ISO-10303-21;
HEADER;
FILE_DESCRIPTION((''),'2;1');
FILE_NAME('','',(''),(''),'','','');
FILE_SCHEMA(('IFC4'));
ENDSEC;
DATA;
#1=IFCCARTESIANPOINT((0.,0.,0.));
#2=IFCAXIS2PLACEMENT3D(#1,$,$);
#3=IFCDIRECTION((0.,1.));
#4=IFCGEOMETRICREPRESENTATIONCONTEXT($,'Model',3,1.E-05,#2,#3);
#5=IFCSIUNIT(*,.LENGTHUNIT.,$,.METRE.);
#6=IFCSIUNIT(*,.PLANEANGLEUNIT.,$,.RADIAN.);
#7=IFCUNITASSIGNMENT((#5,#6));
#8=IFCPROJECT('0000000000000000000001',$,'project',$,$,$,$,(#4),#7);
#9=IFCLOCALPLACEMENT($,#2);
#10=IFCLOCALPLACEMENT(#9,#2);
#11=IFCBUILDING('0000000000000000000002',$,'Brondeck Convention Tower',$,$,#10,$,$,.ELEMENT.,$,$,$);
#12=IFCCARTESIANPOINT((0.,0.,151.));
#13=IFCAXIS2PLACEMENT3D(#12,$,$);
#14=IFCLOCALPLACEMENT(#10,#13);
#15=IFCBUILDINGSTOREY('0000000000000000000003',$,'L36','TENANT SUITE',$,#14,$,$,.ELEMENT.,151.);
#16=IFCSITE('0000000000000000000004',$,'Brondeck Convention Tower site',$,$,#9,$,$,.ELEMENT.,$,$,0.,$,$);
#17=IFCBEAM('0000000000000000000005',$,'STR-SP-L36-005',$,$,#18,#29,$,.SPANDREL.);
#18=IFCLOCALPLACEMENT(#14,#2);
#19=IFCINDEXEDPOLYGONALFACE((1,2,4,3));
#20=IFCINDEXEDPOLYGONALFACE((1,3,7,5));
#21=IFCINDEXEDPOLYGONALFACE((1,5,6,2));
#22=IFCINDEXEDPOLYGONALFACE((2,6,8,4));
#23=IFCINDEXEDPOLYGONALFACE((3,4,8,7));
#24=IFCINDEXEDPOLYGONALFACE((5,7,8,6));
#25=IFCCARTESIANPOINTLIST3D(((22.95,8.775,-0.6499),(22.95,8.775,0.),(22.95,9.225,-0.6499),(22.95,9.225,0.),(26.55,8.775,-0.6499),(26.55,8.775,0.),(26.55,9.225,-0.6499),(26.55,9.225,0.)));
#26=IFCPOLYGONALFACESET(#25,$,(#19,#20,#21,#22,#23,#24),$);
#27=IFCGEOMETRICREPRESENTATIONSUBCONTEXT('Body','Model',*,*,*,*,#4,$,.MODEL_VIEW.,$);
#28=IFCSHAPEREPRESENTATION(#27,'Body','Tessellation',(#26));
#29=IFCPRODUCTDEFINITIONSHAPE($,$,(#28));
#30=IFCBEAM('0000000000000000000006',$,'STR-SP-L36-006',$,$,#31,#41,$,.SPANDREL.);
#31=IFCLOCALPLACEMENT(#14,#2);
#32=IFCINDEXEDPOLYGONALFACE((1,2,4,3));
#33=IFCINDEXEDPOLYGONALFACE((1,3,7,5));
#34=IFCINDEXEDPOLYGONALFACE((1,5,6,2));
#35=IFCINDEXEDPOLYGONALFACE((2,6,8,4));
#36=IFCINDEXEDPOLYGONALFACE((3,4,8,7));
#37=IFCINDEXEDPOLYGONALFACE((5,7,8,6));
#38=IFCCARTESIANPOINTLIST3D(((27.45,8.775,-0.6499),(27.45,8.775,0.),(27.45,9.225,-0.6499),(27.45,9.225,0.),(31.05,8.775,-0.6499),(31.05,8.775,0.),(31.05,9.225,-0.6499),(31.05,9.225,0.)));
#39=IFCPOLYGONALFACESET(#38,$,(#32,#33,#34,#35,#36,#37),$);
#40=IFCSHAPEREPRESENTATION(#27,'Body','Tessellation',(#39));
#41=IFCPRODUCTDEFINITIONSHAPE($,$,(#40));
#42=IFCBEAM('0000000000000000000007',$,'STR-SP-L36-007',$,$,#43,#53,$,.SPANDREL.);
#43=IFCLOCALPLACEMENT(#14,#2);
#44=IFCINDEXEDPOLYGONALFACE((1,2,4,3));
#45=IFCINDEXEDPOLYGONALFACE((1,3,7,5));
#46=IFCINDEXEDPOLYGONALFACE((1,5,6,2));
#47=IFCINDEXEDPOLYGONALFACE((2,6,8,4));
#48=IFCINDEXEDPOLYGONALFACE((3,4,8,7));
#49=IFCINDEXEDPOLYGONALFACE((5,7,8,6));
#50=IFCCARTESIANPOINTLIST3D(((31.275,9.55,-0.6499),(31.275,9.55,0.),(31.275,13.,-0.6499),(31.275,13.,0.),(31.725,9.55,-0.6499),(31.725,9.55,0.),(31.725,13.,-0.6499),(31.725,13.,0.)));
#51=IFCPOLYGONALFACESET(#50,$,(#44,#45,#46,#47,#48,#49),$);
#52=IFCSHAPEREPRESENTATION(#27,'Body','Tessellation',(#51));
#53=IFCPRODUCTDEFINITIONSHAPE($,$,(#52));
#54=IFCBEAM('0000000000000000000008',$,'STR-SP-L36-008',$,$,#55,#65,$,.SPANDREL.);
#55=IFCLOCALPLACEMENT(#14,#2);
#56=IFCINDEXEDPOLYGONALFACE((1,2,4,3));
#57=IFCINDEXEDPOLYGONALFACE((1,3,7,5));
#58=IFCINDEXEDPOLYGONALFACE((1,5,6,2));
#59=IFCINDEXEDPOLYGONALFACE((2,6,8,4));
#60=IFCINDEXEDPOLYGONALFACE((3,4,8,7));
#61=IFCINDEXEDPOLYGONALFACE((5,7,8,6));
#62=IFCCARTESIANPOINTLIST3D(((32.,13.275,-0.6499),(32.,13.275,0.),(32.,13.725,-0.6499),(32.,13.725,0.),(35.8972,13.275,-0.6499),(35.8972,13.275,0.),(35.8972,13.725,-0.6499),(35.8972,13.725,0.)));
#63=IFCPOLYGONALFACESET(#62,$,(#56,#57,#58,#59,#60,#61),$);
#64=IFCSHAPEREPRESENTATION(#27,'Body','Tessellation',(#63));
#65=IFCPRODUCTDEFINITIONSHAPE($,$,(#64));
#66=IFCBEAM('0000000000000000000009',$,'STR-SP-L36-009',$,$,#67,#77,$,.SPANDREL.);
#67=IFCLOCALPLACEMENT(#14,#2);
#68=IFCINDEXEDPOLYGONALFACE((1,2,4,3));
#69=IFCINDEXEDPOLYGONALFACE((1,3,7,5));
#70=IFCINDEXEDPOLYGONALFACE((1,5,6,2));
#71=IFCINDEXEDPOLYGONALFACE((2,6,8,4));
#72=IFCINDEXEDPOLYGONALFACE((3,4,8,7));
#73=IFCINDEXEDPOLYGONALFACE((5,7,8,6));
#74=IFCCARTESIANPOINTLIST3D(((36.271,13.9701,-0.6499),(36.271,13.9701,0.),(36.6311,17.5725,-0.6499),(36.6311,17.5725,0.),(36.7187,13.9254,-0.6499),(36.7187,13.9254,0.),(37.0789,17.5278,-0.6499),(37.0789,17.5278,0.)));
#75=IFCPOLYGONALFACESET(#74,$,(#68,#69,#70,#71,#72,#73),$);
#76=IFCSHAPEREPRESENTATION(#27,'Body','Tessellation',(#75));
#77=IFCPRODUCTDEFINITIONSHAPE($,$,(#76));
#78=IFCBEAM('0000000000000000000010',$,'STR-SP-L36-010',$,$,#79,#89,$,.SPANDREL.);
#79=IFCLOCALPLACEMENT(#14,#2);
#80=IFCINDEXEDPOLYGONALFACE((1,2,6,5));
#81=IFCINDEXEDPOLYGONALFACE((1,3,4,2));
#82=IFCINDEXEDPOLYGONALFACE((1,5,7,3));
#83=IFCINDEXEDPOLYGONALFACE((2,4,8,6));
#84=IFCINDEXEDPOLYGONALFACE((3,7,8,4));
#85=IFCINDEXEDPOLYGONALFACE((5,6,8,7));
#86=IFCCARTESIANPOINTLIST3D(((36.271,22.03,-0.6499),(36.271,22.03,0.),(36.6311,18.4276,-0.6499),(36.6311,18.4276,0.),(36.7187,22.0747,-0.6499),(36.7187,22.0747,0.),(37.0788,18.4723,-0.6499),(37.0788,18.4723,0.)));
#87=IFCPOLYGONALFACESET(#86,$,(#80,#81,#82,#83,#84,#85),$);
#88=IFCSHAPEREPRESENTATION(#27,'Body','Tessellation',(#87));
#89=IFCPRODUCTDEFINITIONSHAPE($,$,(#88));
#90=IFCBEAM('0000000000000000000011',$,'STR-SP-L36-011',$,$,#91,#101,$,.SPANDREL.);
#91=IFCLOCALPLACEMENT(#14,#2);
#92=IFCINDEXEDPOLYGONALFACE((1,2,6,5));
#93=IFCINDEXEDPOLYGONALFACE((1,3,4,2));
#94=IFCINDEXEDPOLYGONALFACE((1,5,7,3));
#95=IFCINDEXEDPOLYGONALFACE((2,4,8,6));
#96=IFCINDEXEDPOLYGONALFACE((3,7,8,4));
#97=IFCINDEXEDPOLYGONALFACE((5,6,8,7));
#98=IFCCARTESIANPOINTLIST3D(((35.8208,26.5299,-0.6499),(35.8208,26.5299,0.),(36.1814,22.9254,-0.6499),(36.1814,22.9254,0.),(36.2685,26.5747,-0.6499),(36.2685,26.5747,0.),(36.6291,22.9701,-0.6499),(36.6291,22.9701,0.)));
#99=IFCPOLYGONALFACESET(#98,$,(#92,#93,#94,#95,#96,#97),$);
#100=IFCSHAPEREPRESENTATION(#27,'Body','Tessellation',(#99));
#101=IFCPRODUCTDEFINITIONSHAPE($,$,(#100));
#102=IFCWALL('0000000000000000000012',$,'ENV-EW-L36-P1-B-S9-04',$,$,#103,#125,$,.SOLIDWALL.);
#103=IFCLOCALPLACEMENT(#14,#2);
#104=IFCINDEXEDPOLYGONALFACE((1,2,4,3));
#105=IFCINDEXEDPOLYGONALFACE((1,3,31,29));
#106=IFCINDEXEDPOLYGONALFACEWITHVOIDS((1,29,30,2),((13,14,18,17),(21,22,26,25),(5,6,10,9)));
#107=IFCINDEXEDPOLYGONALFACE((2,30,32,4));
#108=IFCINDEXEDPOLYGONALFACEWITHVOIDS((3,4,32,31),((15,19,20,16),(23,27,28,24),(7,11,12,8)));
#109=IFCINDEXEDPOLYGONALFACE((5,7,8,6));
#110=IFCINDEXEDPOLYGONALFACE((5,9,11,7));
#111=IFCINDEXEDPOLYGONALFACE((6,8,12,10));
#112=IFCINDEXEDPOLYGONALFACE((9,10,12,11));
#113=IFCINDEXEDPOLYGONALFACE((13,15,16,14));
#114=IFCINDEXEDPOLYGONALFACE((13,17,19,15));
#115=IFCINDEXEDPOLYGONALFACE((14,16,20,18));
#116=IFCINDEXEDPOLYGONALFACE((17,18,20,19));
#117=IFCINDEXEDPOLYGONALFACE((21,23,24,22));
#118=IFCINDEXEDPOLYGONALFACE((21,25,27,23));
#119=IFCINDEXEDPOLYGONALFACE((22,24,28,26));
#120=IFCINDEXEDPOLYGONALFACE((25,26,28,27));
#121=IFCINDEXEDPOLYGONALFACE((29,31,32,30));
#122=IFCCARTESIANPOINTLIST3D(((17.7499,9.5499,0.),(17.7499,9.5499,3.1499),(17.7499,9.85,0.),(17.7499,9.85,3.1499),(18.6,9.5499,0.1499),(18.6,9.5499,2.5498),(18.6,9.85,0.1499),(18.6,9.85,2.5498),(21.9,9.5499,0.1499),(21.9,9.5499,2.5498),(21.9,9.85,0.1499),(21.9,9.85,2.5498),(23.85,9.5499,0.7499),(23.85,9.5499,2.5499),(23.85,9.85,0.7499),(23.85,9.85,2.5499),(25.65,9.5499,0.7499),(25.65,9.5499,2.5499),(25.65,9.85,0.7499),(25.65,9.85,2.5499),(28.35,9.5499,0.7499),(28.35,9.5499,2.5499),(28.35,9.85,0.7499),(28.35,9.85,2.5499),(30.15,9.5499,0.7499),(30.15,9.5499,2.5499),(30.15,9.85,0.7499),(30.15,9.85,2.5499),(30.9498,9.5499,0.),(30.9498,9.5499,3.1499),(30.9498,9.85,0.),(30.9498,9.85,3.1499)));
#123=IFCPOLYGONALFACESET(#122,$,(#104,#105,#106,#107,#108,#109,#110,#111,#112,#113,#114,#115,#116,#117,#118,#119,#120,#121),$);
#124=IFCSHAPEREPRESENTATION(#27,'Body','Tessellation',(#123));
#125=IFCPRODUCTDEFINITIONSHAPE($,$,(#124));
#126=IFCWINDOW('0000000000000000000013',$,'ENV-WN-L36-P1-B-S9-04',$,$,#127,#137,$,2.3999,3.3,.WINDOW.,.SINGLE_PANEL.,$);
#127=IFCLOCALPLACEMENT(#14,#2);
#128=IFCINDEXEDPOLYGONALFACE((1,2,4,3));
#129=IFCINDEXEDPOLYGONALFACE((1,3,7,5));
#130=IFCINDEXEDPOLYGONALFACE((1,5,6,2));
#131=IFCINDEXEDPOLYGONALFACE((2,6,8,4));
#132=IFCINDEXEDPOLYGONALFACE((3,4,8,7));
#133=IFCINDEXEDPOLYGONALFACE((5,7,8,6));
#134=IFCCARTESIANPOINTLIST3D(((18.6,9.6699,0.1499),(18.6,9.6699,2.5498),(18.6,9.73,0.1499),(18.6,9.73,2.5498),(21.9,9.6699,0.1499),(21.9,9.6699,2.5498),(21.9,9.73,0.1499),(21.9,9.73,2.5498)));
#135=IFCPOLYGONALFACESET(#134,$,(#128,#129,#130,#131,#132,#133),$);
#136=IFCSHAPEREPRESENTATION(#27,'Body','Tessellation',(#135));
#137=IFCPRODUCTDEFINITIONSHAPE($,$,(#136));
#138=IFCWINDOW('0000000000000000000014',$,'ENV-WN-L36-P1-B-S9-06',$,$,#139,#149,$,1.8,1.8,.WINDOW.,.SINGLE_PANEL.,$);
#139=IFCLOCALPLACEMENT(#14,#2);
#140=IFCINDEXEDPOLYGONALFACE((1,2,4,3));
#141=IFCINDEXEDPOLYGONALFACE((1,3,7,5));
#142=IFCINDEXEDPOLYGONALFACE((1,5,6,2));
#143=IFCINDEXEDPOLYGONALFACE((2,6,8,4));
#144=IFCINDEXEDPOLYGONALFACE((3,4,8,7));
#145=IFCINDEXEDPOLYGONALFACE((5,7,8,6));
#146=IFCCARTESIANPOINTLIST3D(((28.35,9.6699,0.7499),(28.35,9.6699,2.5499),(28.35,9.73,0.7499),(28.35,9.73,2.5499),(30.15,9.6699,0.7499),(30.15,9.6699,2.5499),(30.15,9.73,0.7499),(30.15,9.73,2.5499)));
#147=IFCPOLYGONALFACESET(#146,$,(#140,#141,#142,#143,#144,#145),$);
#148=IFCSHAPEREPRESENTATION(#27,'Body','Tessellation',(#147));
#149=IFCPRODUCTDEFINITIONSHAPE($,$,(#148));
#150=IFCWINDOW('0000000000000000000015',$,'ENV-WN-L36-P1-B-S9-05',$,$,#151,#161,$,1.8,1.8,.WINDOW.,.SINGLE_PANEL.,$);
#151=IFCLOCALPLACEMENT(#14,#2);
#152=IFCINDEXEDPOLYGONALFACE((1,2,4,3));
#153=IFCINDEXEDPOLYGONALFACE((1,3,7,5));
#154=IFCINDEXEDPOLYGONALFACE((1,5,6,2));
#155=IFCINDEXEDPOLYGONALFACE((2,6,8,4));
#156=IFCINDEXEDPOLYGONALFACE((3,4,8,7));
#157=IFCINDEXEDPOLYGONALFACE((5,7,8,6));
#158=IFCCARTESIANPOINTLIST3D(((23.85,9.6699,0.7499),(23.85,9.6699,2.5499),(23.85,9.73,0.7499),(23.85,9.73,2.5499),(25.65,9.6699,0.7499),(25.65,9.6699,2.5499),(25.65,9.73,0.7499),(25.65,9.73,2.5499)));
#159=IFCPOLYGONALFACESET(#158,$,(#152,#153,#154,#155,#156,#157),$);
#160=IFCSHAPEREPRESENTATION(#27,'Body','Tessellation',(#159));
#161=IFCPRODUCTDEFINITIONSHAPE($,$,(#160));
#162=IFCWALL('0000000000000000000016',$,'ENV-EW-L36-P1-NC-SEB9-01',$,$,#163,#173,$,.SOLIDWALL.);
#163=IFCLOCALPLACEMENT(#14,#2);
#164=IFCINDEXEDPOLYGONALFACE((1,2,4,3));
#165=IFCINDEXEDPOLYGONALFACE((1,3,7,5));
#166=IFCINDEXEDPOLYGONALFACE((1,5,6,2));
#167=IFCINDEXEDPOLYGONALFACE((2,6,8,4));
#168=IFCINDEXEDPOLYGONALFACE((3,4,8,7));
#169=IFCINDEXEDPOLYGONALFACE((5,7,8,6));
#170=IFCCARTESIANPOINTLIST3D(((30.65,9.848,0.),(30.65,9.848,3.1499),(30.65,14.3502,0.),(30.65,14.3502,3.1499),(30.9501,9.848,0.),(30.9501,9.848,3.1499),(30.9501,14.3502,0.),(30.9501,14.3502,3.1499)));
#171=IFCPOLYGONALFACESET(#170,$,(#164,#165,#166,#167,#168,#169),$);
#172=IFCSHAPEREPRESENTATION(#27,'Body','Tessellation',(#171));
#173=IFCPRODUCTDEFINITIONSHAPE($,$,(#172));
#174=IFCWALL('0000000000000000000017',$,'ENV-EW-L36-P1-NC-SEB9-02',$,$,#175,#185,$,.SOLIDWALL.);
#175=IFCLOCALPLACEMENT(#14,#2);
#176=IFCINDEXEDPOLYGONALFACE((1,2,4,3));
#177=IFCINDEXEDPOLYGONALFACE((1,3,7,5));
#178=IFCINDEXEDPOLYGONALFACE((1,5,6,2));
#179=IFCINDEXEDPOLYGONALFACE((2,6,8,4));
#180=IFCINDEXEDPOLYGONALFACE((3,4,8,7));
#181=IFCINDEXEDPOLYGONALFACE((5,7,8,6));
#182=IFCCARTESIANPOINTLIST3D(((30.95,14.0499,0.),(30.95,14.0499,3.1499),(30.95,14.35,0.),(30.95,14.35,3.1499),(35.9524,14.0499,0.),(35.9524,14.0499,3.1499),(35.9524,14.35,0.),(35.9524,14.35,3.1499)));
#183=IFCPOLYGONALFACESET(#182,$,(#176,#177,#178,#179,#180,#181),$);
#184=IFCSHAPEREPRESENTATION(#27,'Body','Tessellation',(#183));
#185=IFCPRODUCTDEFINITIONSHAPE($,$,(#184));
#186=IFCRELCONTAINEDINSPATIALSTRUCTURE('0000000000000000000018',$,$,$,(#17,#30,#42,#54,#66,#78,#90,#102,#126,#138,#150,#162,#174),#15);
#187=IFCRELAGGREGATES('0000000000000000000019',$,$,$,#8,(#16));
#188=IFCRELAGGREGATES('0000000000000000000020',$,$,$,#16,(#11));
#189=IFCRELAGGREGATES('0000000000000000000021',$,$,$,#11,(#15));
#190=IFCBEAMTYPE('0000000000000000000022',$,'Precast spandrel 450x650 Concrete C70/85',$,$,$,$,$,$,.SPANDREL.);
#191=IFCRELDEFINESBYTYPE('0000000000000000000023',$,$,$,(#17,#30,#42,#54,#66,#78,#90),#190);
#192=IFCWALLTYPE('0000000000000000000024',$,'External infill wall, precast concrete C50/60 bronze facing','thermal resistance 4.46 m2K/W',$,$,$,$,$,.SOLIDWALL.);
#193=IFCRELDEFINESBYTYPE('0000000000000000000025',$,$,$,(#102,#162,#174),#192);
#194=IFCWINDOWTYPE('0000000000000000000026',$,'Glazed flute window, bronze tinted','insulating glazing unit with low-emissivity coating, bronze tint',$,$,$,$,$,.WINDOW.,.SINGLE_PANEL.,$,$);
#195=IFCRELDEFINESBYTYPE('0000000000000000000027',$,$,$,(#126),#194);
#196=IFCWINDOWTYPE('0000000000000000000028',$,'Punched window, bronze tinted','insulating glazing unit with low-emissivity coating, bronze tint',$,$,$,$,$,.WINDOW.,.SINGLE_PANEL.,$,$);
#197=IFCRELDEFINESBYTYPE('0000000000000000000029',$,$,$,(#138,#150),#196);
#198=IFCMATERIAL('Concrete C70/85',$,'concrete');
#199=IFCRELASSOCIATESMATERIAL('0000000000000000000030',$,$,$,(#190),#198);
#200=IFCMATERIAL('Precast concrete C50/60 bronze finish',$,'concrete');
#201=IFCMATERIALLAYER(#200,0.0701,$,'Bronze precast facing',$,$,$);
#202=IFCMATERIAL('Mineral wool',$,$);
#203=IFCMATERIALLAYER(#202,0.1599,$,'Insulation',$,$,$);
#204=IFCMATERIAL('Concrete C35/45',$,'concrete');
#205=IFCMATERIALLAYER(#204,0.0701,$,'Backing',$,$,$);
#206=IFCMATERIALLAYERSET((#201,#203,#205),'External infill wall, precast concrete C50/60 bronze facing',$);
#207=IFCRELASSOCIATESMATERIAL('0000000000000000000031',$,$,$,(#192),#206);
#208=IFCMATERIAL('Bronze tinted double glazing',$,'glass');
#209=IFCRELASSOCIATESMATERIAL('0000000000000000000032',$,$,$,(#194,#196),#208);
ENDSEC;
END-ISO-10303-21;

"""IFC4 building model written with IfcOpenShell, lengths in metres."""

from ifc_helpers import new_model, si_unit, direction, frame, frame_2d, origin, origin_2d, place, context, subcontext, project, spatial, rectangle, extrude, material, layer, layer_set, material_profile, profile_set, type_object, element, fill, save


model = new_model("IFC4")

# Units and contexts
model_context = context("Model", 3, precision=1e-05, world=origin(), true_north=direction((0.0, 1.0)))
body_context = subcontext(model_context, "Body", "Model", "MODEL_VIEW")
ifc_project = project(units=[si_unit("LENGTHUNIT", "METRE"), si_unit("PLANEANGLEUNIT", "RADIAN")], contexts=[model_context])

# Site, building, storey
site_placement = place(None, origin())
site = spatial("IfcSite", under=ifc_project, at=site_placement, Name="Brondeck Convention Tower site", CompositionType="ELEMENT", RefElevation=0.0)
building_placement = place(site_placement, origin())
building = spatial("IfcBuilding", under=site, at=building_placement, Name="Brondeck Convention Tower", CompositionType="ELEMENT")
storey_placement = place(building_placement, frame((0.0, 0.0, 151.0)))
storey = spatial("IfcBuildingStorey", under=building, at=storey_placement, Name="L36", Description="TENANT SUITE", CompositionType="ELEMENT", Elevation=151.0)

# Shared definitions
ifc_material_1 = material(Name="Concrete C70/85", Category="concrete")

# Beams
ifc_material_profile_1 = material_profile(ifc_material_1, rectangle(XDim=0.45, YDim=0.6499, at=origin_2d()), Name="Precast spandrel 450x650 Concrete C70/85")
ifc_profile_set_1 = profile_set([ifc_material_profile_1], Name="Concrete C70/85")
beam_type_1 = type_object("IfcBeamType", Name="Precast spandrel 450x650 Concrete C70/85", PredefinedType="SPANDREL", material=ifc_profile_set_1)
for number, where, z_axis, x_axis, name in (
    (1, (22.95, 9.0, -0.325), (1.0, 0.0, 0.0), (0.0, 1.0, 0.0), "STR-SP-L36-005"),
    (2, (27.45, 9.0, -0.325), (1.0, 0.0, 0.0), (0.0, 1.0, 0.0), "STR-SP-L36-006"),
):
    element("IfcBeam", number, at=place(storey_placement, frame(where, z_axis=z_axis, x_axis=x_axis)), inside=storey, type_object=beam_type_1, Name=name, PredefinedType="SPANDREL", context=body_context, shape_type="SweptSolid", body=[
        extrude(rectangle(XDim=0.45, YDim=0.6499, at=origin_2d()), origin(), (0.0, 0.0, 1.0), 3.6001),
    ])
beam_1_placement = place(storey_placement, frame((31.5, 9.55, -0.325), z_axis=(0.0, 1.0, 0.0), x_axis=(-1.0, 0.0, 0.0)))
element("IfcBeam", 3, at=beam_1_placement, inside=storey, type_object=beam_type_1, Name="STR-SP-L36-007", PredefinedType="SPANDREL", context=body_context, shape_type="SweptSolid", body=[
    extrude(rectangle(XDim=0.45, YDim=0.6499, at=origin_2d()), origin(), (0.0, 0.0, 1.0), 3.45),
])
beam_2_placement = place(storey_placement, frame((32.0, 13.5, -0.325), z_axis=(1.0, 0.0, 0.0), x_axis=(0.0, 1.0, 0.0)))
element("IfcBeam", 4, at=beam_2_placement, inside=storey, type_object=beam_type_1, Name="STR-SP-L36-008", PredefinedType="SPANDREL", context=body_context, shape_type="SweptSolid", body=[
    extrude(rectangle(XDim=0.45, YDim=0.6499, at=origin_2d()), origin(), (0.0, 0.0, 1.0), 3.8972),
])
for number, where, z_axis, x_axis, name in (
    (5, (36.4949, 13.9478, -0.325), (0.09947, 0.995041, 0.0), (-0.995041, 0.09947, 0.0), "STR-SP-L36-009"),
    (6, (36.855, 18.45, -0.325), (-0.09947, 0.995041, 0.0), (-0.995041, -0.09947, 0.0), "STR-SP-L36-010"),
):
    element("IfcBeam", number, at=place(storey_placement, frame(where, z_axis=z_axis, x_axis=x_axis)), inside=storey, type_object=beam_type_1, Name=name, PredefinedType="SPANDREL", context=body_context, shape_type="SweptSolid", body=[
        extrude(rectangle(XDim=0.45, YDim=0.6499, at=origin_2d()), origin(), (0.0, 0.0, 1.0), 3.6204),
    ])
beam_3_placement = place(storey_placement, frame((36.4053, 22.9478, -0.325), z_axis=(-0.099544, 0.995033, 0.0), x_axis=(-0.995033, -0.099544, 0.0)))
element("IfcBeam", 7, at=beam_3_placement, inside=storey, type_object=beam_type_1, Name="STR-SP-L36-011", PredefinedType="SPANDREL", context=body_context, shape_type="SweptSolid", body=[
    extrude(rectangle(XDim=0.45, YDim=0.6499, at=origin_2d()), origin(), (0.0, 0.0, 1.0), 3.6226),
])

# Wall, openings, windows
ifc_material_2 = material(Name="Precast concrete C50/60 bronze finish", Category="concrete")
ifc_layer_1 = layer(ifc_material_2, 0.0701, Name="Bronze precast facing")
ifc_material_3 = material(Name="Mineral wool")
ifc_layer_2 = layer(ifc_material_3, 0.1599, Name="Insulation")
ifc_material_4 = material(Name="Concrete C35/45", Category="concrete")
ifc_layer_3 = layer(ifc_material_4, 0.0701, Name="Backing")
ifc_layer_set_1 = layer_set([ifc_layer_1, ifc_layer_2, ifc_layer_3], Name="External infill wall, precast concrete C50/60 bronze facing")
wall_type_1 = type_object("IfcWallType", Name="External infill wall, precast concrete C50/60 bronze facing", Description="thermal resistance 4.46 m2K/W", PredefinedType="SOLIDWALL", material=ifc_layer_set_1)
wall_1_placement = place(storey_placement, frame((30.95, 9.7, 0.0), z_axis=(0.0, 0.0, 1.0), x_axis=(-1.0, 0.0, 0.0)))
wall_1 = element("IfcWall", 8, at=wall_1_placement, inside=storey, type_object=wall_type_1, Name="ENV-EW-L36-P1-B-S9-04", PredefinedType="SOLIDWALL", context=body_context, shape_type="SweptSolid", body=[
    extrude(rectangle(XDim=13.2, YDim=0.3, at=frame_2d((6.6001, 0.0))), origin(), (0.0, 0.0, 1.0), 3.1499),
])
opening_1_placement = place(wall_1_placement, frame((0.8, 0.0, 0.75)))
opening_1 = element("IfcOpeningElement", 9, at=opening_1_placement, cuts=wall_1, PredefinedType="OPENING", context=body_context, shape_type="SweptSolid", body=[
    extrude(rectangle(XDim=1.8, YDim=1.8, at=frame_2d((0.8999, 0.8999))), frame((0.0, 0.1599, 0.0), z_axis=(0.0, -1.0, 0.0), x_axis=(1.0, 0.0, 0.0)), (0.0, 0.0, 1.0), 0.3201),
])
opening_2_placement = place(wall_1_placement, frame((5.3, 0.0, 0.75)))
opening_2 = element("IfcOpeningElement", 10, at=opening_2_placement, cuts=wall_1, PredefinedType="OPENING", context=body_context, shape_type="SweptSolid", body=[
    extrude(rectangle(XDim=1.8, YDim=1.8, at=frame_2d((0.8999, 0.8999))), frame((0.0, 0.1599, 0.0), z_axis=(0.0, -1.0, 0.0), x_axis=(1.0, 0.0, 0.0)), (0.0, 0.0, 1.0), 0.3201),
])
opening_3_placement = place(wall_1_placement, frame((9.05, 0.0, 0.1499)))
opening_3 = element("IfcOpeningElement", 11, at=opening_3_placement, cuts=wall_1, PredefinedType="OPENING", context=body_context, shape_type="SweptSolid", body=[
    extrude(rectangle(XDim=3.3, YDim=2.3999, at=frame_2d((1.6499, 1.2))), frame((0.0, 0.1599, 0.0), z_axis=(0.0, -1.0, 0.0), x_axis=(1.0, 0.0, 0.0)), (0.0, 0.0, 1.0), 0.3201),
])
ifc_material_5 = material(Name="Bronze tinted double glazing", Category="glass")
window_type_1 = type_object("IfcWindowType", Name="Glazed flute window, bronze tinted", Description="insulating glazing unit with low-emissivity coating, bronze tint", PartitioningType="SINGLE_PANEL", PredefinedType="WINDOW", material=ifc_material_5)
window_1_placement = place(opening_3_placement, origin())
window_1 = element("IfcWindow", 12, at=window_1_placement, inside=storey, type_object=window_type_1, Name="ENV-WN-L36-P1-B-S9-04", OverallHeight=2.3999, OverallWidth=3.3, PartitioningType="SINGLE_PANEL", PredefinedType="WINDOW", context=body_context, shape_type="SweptSolid", body=[
    extrude(rectangle(XDim=3.3, YDim=2.3999, at=frame_2d((1.6499, 1.2))), frame((0.0, 0.03, 0.0), z_axis=(0.0, -1.0, 0.0), x_axis=(1.0, 0.0, 0.0)), (0.0, 0.0, 1.0), 0.0601),
])
fill(opening_3, window_1)
window_type_2 = type_object("IfcWindowType", Name="Punched window, bronze tinted", Description="insulating glazing unit with low-emissivity coating, bronze tint", PartitioningType="SINGLE_PANEL", PredefinedType="WINDOW", material=ifc_material_5)
window_2_placement = place(opening_1_placement, origin())
window_2 = element("IfcWindow", 13, at=window_2_placement, inside=storey, type_object=window_type_2, Name="ENV-WN-L36-P1-B-S9-06", OverallHeight=1.8, OverallWidth=1.8, PartitioningType="SINGLE_PANEL", PredefinedType="WINDOW", context=body_context, shape_type="SweptSolid", body=[
    extrude(rectangle(XDim=1.8, YDim=1.8, at=frame_2d((0.8999, 0.8999))), frame((0.0, 0.03, 0.0), z_axis=(0.0, -1.0, 0.0), x_axis=(1.0, 0.0, 0.0)), (0.0, 0.0, 1.0), 0.0601),
])
fill(opening_1, window_2)
window_3_placement = place(opening_2_placement, origin())
window_3 = element("IfcWindow", 14, at=window_3_placement, inside=storey, type_object=window_type_2, Name="ENV-WN-L36-P1-B-S9-05", OverallHeight=1.8, OverallWidth=1.8, PartitioningType="SINGLE_PANEL", PredefinedType="WINDOW", context=body_context, shape_type="SweptSolid", body=[
    extrude(rectangle(XDim=1.8, YDim=1.8, at=frame_2d((0.8999, 0.8999))), frame((0.0, 0.03, 0.0), z_axis=(0.0, -1.0, 0.0), x_axis=(1.0, 0.0, 0.0)), (0.0, 0.0, 1.0), 0.0601),
])
fill(opening_2, window_3)

# Walls
wall_2_placement = place(storey_placement, frame((30.8, 14.3501, 0.0), z_axis=(0.0, 0.0, 1.0), x_axis=(0.0, -1.0, 0.0)))
element("IfcWall", 15, at=wall_2_placement, inside=storey, type_object=wall_type_1, Name="ENV-EW-L36-P1-NC-SEB9-01", PredefinedType="SOLIDWALL", context=body_context, shape_type="SweptSolid", body=[
    extrude(rectangle(XDim=4.5022, YDim=0.3, at=frame_2d((2.251, 0.0))), origin(), (0.0, 0.0, 1.0), 3.1499),
])
wall_3_placement = place(storey_placement, frame((35.9524, 14.2, 0.0), z_axis=(0.0, 0.0, 1.0), x_axis=(-1.0, 0.0, 0.0)))
element("IfcWall", 16, at=wall_3_placement, inside=storey, type_object=wall_type_1, Name="ENV-EW-L36-P1-NC-SEB9-02", PredefinedType="SOLIDWALL", context=body_context, shape_type="SweptSolid", body=[
    extrude(rectangle(XDim=5.0024, YDim=0.3, at=frame_2d((2.5012, 0.0))), origin(), (0.0, 0.0, 1.0), 3.1499),
])

save(model, "model.ifc")
